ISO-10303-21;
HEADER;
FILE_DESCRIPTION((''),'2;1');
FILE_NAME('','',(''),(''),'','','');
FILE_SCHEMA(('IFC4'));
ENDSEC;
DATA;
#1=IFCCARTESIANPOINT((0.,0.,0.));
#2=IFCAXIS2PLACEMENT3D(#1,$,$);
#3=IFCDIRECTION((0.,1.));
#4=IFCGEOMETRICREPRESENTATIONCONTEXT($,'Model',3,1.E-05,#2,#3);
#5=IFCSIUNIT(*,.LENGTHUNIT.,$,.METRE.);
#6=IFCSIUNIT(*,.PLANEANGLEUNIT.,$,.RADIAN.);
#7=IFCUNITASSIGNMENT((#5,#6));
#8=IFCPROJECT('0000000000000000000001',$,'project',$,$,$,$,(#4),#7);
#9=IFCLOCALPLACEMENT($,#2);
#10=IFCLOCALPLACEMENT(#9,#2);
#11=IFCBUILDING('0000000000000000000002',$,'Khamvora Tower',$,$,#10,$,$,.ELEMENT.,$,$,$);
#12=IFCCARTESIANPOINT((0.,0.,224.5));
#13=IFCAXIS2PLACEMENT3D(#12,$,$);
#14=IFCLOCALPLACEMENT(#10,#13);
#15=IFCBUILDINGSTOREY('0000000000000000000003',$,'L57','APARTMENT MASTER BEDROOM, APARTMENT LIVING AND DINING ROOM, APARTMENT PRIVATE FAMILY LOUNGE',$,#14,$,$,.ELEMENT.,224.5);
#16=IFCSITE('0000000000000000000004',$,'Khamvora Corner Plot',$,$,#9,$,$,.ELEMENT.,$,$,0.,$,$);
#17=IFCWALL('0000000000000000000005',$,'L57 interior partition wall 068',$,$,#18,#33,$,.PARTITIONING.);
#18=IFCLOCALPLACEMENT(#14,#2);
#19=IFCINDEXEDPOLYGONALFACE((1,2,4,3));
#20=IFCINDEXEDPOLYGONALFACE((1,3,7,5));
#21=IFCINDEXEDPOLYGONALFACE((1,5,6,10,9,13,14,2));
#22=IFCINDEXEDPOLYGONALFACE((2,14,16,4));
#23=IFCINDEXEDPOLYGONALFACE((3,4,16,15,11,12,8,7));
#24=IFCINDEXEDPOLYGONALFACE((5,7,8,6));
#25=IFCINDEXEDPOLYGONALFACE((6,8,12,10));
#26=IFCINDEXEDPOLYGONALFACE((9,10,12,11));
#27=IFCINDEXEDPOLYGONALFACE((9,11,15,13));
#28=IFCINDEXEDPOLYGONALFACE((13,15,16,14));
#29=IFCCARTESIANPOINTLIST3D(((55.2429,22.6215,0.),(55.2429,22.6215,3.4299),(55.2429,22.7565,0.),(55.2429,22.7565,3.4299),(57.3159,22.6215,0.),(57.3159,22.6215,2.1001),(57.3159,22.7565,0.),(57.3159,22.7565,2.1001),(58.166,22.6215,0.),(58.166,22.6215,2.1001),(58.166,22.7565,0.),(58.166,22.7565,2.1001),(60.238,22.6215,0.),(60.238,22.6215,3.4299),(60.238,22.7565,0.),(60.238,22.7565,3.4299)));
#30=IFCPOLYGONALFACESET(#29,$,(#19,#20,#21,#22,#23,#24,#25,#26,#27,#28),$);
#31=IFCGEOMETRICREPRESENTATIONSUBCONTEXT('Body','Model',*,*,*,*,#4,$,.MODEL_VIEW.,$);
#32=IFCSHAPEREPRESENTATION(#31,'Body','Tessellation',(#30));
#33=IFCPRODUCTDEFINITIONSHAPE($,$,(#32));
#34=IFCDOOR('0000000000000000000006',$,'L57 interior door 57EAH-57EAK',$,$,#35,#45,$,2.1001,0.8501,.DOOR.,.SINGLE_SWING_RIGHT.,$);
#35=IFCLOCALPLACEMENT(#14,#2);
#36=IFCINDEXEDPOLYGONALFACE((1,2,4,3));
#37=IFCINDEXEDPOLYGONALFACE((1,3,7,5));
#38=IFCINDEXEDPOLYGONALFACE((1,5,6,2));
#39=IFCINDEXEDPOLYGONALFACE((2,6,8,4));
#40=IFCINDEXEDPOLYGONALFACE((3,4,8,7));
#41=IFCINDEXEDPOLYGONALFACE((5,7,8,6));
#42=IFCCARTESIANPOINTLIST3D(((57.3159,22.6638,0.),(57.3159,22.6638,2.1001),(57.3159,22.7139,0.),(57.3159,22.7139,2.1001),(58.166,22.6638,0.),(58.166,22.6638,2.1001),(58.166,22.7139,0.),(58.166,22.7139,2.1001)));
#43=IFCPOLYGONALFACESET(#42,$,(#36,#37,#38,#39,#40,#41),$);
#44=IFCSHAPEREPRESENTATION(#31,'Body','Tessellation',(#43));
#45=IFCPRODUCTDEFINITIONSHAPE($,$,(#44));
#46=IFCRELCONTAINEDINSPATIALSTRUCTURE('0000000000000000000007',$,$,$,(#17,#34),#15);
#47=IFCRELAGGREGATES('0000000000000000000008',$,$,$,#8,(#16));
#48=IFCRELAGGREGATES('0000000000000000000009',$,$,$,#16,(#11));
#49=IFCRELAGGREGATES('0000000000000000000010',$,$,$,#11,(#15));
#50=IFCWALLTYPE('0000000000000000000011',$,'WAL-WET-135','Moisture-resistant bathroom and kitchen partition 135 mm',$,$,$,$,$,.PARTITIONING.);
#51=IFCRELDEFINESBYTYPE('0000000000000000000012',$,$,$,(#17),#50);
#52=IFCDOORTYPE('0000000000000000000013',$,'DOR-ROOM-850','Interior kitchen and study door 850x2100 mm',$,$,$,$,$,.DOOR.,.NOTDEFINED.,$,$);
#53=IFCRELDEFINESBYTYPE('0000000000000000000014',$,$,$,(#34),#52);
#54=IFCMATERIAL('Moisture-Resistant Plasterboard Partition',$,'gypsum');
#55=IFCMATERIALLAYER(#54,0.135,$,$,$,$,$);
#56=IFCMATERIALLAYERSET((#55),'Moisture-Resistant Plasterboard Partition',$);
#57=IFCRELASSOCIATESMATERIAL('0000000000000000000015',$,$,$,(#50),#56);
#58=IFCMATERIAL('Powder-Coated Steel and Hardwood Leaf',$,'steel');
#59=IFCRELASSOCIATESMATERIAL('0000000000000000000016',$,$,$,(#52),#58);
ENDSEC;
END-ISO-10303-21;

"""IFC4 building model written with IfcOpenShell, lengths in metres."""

from ifc_helpers import new_model, si_unit, direction, frame, frame_2d, origin, place, context, subcontext, project, spatial, rectangle, extrude, material, layer, layer_set, type_object, element, fill, save


model = new_model("IFC4")

# Units and contexts
model_context = context("Model", 3, precision=1e-05, world=origin(), true_north=direction((0.0, 1.0)))
body_context = subcontext(model_context, "Body", "Model", "MODEL_VIEW")
ifc_project = project(units=[si_unit("LENGTHUNIT", "METRE"), si_unit("PLANEANGLEUNIT", "RADIAN")], contexts=[model_context])

# Site, building, storey
site_placement = place(None, origin())
site = spatial("IfcSite", under=ifc_project, at=site_placement, Name="Khamvora Corner Plot", CompositionType="ELEMENT", RefElevation=0.0)
building_placement = place(site_placement, origin())
building = spatial("IfcBuilding", under=site, at=building_placement, Name="Khamvora Tower", CompositionType="ELEMENT")
storey_placement = place(building_placement, frame((0.0, 0.0, 224.5)))
storey = spatial("IfcBuildingStorey", under=building, at=storey_placement, Name="L57", Description="APARTMENT MASTER BEDROOM, APARTMENT LIVING AND DINING ROOM, APARTMENT PRIVATE FAMILY LOUNGE", CompositionType="ELEMENT", Elevation=224.5)

# Shared definitions
ifc_material_1 = material(Name="Powder-Coated Steel and Hardwood Leaf", Category="steel")

# Shared definitions
ifc_material_2 = material(Name="Moisture-Resistant Plasterboard Partition", Category="gypsum")
ifc_layer_1 = layer(ifc_material_2, 0.135)
ifc_layer_set_1 = layer_set([ifc_layer_1], Name="Moisture-Resistant Plasterboard Partition")
wall_type_1 = type_object("IfcWallType", Name="WAL-WET-135", Description="Moisture-resistant bathroom and kitchen partition 135 mm", PredefinedType="PARTITIONING", material=ifc_layer_set_1)

# Wall, opening, door
wall_1_placement = place(storey_placement, frame((55.2429, 22.689, 0.0), z_axis=(0.0, 0.0, 1.0), x_axis=(1.0, 0.0, 0.0)))
wall_1 = element("IfcWall", 1, at=wall_1_placement, inside=storey, type_object=wall_type_1, Name="L57 interior partition wall 068", PredefinedType="PARTITIONING", context=body_context, shape_type="SweptSolid", body=[
    extrude(rectangle(XDim=4.9951, YDim=0.135, at=frame_2d((2.4976, 0.0))), origin(), (0.0, 0.0, 1.0), 3.4299),
])
opening_1_placement = place(wall_1_placement, frame((2.073, 0.0, 0.0)))
opening_1 = element("IfcOpeningElement", 2, at=opening_1_placement, cuts=wall_1, PredefinedType="OPENING", context=body_context, shape_type="SweptSolid", body=[
    extrude(rectangle(XDim=0.8501, YDim=2.1001, at=frame_2d((0.425, 1.05))), frame((0.0, 0.0774, 0.0), z_axis=(0.0, -1.0, 0.0), x_axis=(1.0, 0.0, 0.0)), (0.0, 0.0, 1.0), 0.155),
])
door_type_1 = type_object("IfcDoorType", Name="DOR-ROOM-850", Description="Interior kitchen and study door 850x2100 mm", OperationType="NOTDEFINED", PredefinedType="DOOR", material=ifc_material_1)
door_1_placement = place(opening_1_placement, origin())
door_1 = element("IfcDoor", 3, at=door_1_placement, inside=storey, type_object=door_type_1, Name="L57 interior door 57EAH-57EAK", OperationType="SINGLE_SWING_RIGHT", OverallHeight=2.1001, OverallWidth=0.8501, PredefinedType="DOOR", context=body_context, shape_type="SweptSolid", body=[
    extrude(rectangle(XDim=0.8501, YDim=2.1001, at=frame_2d((0.425, 1.05))), frame((0.0, 0.0249, 0.0), z_axis=(0.0, -1.0, 0.0), x_axis=(1.0, 0.0, 0.0)), (0.0, 0.0, 1.0), 0.05),
])
fill(opening_1, door_1)

save(model, "model.ifc")
